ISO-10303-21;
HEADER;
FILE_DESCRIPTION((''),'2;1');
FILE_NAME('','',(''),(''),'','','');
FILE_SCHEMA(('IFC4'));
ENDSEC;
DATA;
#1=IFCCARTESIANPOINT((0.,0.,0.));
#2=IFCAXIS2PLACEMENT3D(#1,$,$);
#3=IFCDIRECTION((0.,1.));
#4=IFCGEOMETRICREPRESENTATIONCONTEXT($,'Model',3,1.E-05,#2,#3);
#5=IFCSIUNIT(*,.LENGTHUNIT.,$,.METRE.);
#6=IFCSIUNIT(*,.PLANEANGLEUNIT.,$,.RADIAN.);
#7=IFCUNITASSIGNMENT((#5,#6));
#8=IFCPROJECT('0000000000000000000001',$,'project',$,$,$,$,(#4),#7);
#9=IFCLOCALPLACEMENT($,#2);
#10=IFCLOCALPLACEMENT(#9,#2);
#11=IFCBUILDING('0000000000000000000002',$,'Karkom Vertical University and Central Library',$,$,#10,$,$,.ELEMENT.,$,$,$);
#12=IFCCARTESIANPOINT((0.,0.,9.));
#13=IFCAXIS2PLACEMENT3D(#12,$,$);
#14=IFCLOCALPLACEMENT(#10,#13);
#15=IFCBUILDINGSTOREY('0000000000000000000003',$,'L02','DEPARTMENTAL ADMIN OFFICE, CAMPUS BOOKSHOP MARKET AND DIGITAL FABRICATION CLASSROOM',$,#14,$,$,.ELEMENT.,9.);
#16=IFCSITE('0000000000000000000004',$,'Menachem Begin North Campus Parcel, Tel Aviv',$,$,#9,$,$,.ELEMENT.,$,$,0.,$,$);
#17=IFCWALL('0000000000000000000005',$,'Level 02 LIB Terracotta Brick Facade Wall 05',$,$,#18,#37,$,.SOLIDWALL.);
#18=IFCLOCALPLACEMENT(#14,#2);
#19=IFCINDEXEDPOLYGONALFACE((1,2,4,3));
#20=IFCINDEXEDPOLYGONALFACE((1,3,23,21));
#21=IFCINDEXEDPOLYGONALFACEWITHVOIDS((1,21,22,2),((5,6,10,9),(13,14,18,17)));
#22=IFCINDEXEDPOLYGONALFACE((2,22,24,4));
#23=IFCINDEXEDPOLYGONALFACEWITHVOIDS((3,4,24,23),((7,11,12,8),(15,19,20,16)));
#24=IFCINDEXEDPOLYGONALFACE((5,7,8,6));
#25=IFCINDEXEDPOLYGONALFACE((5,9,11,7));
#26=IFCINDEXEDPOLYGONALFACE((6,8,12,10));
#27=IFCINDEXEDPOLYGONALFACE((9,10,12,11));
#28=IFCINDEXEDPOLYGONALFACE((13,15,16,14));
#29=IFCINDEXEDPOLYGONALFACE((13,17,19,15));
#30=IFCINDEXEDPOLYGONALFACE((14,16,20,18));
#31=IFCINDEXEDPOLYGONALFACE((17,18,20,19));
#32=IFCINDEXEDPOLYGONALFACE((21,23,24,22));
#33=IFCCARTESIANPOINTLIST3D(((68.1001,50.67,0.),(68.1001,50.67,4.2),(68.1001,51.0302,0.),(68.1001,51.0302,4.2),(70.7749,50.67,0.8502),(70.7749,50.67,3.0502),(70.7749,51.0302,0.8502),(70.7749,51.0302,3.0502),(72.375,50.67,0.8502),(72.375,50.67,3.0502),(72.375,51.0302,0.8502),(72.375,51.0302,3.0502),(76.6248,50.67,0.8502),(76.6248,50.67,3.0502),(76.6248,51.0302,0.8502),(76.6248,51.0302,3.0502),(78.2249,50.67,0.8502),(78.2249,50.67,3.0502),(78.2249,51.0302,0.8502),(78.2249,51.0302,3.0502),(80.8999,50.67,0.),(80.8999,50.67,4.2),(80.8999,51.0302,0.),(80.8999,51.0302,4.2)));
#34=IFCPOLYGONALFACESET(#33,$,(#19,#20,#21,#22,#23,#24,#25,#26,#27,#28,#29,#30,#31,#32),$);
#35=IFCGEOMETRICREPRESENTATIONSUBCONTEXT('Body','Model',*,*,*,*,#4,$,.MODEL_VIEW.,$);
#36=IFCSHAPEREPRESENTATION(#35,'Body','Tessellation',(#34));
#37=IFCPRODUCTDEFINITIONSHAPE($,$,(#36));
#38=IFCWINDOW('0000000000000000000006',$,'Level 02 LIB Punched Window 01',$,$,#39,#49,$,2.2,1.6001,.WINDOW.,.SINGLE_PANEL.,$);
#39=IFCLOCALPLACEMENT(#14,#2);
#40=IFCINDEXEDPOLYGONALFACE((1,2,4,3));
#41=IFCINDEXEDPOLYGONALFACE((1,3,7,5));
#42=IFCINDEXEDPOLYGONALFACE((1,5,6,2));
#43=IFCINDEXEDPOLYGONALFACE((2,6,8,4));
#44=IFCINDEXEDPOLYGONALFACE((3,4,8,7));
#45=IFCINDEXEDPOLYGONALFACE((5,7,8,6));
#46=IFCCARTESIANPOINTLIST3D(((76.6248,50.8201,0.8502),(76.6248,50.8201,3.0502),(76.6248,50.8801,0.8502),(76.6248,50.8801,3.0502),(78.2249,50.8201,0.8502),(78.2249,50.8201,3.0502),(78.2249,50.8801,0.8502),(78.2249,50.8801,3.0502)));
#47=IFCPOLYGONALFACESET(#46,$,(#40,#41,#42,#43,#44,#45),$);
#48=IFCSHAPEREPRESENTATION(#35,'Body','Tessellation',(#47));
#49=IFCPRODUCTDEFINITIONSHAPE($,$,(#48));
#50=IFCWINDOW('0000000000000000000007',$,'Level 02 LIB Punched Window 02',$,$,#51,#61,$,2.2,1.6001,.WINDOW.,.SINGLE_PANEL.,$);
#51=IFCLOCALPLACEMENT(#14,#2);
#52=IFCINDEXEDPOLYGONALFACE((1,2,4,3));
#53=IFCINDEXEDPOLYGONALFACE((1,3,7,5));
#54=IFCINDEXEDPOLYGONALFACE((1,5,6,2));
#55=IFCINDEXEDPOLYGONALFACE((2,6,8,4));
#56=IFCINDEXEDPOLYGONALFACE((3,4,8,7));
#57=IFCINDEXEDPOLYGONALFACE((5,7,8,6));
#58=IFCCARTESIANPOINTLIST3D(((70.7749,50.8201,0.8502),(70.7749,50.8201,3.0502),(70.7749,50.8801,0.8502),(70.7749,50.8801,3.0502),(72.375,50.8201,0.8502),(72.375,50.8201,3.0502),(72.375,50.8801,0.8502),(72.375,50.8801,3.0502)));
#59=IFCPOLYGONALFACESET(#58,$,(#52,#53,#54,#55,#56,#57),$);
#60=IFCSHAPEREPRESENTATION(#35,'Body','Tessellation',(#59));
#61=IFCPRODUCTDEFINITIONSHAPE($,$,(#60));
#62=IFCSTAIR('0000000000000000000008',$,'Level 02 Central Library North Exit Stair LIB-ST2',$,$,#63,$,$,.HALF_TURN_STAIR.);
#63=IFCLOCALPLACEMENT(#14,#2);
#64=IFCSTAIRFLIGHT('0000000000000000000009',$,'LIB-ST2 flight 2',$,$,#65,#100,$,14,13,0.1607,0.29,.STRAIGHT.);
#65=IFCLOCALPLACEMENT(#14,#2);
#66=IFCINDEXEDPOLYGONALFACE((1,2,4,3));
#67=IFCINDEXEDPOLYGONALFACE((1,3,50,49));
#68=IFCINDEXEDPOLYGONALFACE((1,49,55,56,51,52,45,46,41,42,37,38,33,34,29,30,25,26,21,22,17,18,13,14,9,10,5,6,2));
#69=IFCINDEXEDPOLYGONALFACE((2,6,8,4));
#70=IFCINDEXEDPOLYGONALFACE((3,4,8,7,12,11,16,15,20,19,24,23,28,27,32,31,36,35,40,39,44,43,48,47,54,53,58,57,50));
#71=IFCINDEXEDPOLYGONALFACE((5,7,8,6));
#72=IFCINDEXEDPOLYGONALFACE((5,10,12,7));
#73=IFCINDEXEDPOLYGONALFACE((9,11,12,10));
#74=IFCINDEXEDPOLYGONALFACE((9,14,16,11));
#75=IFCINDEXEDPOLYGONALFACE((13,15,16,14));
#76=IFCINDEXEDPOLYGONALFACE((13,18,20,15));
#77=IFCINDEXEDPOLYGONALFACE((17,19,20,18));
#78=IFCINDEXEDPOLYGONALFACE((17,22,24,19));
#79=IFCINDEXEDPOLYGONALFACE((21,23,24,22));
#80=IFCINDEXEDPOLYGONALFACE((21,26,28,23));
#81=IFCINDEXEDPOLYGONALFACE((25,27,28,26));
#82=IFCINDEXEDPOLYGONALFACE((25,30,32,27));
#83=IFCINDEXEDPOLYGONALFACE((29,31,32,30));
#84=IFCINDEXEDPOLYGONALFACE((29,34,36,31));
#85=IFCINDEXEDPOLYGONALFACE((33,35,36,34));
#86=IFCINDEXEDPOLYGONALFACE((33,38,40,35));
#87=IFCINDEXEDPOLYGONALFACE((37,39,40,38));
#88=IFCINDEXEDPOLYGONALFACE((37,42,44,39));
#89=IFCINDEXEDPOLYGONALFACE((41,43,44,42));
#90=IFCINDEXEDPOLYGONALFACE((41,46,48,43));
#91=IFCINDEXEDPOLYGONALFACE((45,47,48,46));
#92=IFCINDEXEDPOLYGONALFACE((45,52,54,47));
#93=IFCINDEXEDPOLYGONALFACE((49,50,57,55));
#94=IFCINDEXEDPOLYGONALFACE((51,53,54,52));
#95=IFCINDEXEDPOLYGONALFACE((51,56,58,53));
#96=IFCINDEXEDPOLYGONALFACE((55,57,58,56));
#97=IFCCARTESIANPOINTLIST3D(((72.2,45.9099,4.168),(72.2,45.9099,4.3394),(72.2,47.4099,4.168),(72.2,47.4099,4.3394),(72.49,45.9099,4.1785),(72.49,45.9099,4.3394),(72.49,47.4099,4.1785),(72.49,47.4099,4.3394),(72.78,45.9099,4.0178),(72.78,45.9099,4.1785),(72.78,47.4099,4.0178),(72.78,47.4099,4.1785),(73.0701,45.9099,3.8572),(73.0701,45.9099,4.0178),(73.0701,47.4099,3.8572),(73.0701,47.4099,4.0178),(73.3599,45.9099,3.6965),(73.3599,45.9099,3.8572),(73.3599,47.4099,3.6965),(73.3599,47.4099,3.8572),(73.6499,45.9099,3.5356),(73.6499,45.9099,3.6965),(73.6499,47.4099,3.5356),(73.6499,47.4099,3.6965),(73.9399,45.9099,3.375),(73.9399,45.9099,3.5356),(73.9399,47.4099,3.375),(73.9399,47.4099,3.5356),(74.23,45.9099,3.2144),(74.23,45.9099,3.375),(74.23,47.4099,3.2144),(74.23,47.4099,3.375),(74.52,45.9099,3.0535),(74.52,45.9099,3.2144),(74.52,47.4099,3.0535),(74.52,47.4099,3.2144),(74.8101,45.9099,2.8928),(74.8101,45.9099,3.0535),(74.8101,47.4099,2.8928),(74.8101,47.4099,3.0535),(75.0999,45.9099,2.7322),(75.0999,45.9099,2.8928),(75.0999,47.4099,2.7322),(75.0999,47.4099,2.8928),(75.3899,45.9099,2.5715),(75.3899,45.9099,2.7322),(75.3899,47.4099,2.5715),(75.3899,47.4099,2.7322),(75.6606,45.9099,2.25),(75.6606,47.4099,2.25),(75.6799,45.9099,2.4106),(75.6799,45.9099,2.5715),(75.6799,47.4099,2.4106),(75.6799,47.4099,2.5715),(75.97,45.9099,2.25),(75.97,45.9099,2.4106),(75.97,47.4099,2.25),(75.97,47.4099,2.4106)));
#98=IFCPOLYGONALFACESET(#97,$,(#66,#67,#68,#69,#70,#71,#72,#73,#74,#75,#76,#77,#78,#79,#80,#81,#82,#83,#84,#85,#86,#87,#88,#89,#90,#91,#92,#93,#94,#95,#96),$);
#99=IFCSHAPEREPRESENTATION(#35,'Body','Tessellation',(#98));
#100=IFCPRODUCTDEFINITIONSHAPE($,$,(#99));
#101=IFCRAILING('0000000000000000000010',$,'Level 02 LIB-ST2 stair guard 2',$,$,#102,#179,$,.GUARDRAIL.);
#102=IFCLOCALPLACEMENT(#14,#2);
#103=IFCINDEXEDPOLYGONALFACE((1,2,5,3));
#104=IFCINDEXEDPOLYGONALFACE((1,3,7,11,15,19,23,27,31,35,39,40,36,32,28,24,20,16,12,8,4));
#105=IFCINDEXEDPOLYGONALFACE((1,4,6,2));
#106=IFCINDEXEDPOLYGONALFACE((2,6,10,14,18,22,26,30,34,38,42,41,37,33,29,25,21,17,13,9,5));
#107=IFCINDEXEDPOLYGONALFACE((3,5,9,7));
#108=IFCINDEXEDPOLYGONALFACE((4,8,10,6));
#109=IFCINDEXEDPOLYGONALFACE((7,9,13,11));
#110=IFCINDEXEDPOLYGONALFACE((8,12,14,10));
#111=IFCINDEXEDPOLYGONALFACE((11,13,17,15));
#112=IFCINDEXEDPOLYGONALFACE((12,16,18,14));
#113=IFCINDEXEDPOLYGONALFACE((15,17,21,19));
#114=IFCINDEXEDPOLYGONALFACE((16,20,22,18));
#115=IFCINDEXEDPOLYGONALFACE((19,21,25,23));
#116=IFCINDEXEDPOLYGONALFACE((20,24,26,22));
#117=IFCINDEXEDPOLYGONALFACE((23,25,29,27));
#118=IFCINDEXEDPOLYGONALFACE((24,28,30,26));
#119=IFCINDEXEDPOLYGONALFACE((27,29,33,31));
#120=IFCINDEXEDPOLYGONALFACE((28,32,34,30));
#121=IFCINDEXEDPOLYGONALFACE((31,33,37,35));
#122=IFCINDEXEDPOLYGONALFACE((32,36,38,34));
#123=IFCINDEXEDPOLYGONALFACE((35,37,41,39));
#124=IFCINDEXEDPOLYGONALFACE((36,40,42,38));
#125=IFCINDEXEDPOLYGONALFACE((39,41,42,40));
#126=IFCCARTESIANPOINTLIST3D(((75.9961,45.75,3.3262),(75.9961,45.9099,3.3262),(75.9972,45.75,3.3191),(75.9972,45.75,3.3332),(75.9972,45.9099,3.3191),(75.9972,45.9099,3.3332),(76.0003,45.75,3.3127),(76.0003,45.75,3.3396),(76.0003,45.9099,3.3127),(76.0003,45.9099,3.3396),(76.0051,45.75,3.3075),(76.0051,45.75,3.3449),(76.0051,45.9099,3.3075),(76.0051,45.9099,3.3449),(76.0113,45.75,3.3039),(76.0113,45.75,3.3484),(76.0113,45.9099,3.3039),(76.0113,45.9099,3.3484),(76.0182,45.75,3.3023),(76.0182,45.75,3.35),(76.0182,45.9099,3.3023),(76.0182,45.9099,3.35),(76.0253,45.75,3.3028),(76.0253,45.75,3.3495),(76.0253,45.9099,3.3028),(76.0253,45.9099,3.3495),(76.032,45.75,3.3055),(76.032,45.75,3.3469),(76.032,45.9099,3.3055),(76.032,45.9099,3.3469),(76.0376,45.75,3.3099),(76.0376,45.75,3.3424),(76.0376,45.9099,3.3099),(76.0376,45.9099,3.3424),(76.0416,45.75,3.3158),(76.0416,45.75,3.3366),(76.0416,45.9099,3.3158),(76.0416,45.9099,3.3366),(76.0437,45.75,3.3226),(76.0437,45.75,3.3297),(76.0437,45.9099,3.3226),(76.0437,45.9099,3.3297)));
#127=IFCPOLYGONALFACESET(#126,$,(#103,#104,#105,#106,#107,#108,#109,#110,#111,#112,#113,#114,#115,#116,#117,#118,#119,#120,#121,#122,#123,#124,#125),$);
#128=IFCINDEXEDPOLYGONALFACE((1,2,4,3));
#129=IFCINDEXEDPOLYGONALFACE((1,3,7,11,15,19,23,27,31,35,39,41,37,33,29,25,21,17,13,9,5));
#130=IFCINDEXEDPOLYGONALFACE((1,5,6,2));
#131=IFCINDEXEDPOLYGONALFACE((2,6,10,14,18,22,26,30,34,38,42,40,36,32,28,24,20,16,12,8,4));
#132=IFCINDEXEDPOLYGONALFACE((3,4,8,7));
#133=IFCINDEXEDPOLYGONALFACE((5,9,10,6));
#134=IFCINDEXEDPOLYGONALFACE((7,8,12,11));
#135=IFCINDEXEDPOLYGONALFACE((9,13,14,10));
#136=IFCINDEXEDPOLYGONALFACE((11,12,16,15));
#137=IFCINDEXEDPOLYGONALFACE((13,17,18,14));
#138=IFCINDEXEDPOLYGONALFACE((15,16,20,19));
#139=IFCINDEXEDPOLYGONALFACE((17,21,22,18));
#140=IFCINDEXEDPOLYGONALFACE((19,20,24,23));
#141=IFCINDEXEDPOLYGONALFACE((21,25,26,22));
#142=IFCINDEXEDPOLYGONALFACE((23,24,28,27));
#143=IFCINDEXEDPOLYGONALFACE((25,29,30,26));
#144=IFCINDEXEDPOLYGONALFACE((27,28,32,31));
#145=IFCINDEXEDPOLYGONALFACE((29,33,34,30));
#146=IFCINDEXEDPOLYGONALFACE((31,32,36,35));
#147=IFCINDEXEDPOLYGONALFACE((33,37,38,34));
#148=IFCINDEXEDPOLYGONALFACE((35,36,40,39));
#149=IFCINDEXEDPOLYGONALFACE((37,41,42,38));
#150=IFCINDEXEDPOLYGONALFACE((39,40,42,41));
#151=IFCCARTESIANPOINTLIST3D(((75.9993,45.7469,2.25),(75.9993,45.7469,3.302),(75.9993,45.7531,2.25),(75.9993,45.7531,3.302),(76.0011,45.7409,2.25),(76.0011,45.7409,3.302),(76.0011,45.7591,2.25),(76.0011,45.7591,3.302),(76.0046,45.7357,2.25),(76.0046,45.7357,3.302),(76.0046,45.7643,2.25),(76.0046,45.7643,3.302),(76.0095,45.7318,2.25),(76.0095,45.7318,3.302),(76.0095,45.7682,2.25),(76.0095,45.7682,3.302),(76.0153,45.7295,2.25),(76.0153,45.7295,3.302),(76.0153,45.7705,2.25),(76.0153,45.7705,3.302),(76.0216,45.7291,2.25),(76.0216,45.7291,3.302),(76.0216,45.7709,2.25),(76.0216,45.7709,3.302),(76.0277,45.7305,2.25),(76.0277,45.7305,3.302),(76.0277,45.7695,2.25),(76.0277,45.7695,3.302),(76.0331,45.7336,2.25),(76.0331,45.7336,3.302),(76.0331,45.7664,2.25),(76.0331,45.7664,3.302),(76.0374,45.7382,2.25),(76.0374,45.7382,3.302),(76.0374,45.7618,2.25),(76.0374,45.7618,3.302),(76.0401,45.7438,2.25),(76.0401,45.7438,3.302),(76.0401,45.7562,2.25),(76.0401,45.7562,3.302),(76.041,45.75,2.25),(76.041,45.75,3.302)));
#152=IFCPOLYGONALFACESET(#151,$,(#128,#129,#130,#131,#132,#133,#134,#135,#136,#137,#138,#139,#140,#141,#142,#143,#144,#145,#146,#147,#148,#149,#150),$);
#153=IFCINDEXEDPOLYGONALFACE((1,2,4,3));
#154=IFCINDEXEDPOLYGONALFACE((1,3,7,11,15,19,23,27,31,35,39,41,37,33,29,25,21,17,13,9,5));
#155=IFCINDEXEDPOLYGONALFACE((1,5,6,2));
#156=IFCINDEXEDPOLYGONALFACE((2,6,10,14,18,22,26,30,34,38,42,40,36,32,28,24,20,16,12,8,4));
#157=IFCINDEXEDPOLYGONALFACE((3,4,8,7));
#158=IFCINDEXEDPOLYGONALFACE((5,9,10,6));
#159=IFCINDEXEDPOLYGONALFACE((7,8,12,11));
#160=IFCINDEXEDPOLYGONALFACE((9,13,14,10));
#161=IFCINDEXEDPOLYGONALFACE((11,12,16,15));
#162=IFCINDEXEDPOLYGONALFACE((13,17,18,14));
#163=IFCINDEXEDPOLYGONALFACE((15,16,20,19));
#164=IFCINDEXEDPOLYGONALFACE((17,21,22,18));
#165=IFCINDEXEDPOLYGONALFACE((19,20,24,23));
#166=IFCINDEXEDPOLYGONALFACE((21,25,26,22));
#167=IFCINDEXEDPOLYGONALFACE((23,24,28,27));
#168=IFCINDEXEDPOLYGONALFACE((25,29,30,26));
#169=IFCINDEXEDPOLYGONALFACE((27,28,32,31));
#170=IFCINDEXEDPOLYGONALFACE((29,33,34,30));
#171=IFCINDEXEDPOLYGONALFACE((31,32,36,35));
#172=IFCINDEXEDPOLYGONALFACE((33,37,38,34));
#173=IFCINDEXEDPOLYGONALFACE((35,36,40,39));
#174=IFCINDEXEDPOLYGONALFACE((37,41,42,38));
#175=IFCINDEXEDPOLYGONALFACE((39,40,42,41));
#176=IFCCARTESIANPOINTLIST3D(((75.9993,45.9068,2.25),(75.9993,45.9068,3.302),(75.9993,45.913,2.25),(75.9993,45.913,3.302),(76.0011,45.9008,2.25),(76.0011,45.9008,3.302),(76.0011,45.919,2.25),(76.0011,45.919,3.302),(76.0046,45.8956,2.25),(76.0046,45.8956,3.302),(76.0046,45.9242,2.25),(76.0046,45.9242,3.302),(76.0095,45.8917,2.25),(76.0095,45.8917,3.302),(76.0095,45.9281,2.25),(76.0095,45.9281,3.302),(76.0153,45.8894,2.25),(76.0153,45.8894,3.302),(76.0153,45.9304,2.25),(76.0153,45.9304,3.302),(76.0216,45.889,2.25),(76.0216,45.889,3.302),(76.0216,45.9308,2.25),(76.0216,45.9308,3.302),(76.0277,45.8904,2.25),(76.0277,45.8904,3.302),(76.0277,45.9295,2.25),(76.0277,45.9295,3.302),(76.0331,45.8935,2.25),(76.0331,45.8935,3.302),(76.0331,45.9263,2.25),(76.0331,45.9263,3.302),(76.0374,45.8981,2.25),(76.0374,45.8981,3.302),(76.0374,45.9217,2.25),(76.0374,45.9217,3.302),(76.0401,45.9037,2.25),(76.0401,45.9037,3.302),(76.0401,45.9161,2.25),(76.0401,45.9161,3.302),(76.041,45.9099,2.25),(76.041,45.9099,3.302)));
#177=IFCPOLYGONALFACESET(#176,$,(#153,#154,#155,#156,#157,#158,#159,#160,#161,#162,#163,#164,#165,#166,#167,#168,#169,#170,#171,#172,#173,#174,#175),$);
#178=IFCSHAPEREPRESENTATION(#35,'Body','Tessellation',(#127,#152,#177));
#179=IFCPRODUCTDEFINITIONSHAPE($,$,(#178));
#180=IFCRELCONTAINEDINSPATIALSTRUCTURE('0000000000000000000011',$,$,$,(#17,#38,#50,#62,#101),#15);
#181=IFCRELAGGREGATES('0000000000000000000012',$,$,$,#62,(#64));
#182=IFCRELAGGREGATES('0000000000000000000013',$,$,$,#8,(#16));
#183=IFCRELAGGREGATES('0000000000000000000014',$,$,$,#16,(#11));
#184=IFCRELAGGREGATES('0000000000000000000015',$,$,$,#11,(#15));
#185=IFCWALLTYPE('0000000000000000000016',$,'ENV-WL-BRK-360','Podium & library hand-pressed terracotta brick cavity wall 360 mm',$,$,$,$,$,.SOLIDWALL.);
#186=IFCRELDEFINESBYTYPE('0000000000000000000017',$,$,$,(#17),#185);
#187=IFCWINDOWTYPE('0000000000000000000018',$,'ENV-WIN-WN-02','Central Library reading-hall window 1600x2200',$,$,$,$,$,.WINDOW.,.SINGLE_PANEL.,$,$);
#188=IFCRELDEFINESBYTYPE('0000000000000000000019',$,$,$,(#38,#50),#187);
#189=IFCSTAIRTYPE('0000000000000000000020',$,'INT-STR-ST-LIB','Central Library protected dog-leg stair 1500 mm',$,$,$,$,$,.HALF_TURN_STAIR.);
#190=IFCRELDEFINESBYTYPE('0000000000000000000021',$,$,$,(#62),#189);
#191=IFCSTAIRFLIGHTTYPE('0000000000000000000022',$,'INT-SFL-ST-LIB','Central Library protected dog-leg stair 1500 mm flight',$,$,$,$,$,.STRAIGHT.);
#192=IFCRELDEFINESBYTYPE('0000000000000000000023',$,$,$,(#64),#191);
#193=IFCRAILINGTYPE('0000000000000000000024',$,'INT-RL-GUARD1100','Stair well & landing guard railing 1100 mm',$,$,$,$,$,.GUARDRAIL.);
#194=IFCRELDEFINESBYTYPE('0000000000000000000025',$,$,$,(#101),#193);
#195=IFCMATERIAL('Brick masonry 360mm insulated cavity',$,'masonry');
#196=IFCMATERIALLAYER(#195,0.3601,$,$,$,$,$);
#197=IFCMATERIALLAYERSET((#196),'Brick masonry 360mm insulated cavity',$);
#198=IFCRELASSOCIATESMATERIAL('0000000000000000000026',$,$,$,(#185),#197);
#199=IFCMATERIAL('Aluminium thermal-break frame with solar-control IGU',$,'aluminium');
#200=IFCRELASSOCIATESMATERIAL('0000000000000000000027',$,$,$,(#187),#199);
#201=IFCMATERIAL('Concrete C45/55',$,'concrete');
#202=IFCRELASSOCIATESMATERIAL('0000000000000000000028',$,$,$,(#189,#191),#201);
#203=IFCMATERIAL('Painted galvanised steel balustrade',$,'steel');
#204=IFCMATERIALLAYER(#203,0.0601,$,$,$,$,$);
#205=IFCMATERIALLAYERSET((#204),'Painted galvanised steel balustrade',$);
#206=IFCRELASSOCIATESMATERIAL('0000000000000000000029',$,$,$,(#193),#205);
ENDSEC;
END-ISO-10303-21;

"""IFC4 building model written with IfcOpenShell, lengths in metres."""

from ifc_helpers import new_model, si_unit, direction, frame, frame_2d, origin, origin_with_axes, origin_2d, place, context, subcontext, project, spatial, polyline, rectangle, circle, outline, extrude, source, transform, mapped, material, layer, layer_set, type_object, element, fill, aggregate, save


model = new_model("IFC4")

# Units and contexts
model_context = context("Model", 3, precision=1e-05, world=origin(), true_north=direction((0.0, 1.0)))
body_context = subcontext(model_context, "Body", "Model", "MODEL_VIEW")
ifc_project = project(units=[si_unit("LENGTHUNIT", "METRE"), si_unit("PLANEANGLEUNIT", "RADIAN")], contexts=[model_context])

# Site, building, storey
site_placement = place(None, origin())
site = spatial("IfcSite", under=ifc_project, at=site_placement, Name="Menachem Begin North Campus Parcel, Tel Aviv", CompositionType="ELEMENT", RefElevation=0.0)
building_placement = place(site_placement, origin())
building = spatial("IfcBuilding", under=site, at=building_placement, Name="Karkom Vertical University and Central Library", CompositionType="ELEMENT")
storey_placement = place(building_placement, frame((0.0, 0.0, 9.0)))
storey = spatial("IfcBuildingStorey", under=building, at=storey_placement, Name="L02", Description="DEPARTMENTAL ADMIN OFFICE, CAMPUS BOOKSHOP MARKET AND DIGITAL FABRICATION CLASSROOM", CompositionType="ELEMENT", Elevation=9.0)

# Shared definitions
ifc_material_1 = material(Name="Brick masonry 360mm insulated cavity", Category="masonry")
ifc_layer_1 = layer(ifc_material_1, 0.3601)
ifc_layer_set_1 = layer_set([ifc_layer_1], Name="Brick masonry 360mm insulated cavity")
wall_type = type_object("IfcWallType", Name="ENV-WL-BRK-360", Description="Podium & library hand-pressed terracotta brick cavity wall 360 mm", PredefinedType="SOLIDWALL", material=ifc_layer_set_1)

# Wall, openings, windows
wall_1_placement = place(storey_placement, frame((80.8999, 50.8501, 0.0), z_axis=(0.0, 0.0, 1.0), x_axis=(-1.0, 0.0, 0.0)))
wall_1 = element("IfcWall", 1, at=wall_1_placement, inside=storey, type_object=wall_type, Name="Level 02 LIB Terracotta Brick Facade Wall 05", PredefinedType="SOLIDWALL", context=body_context, shape_type="SweptSolid", body=[
    extrude(rectangle(XDim=12.7998, YDim=0.3601, at=frame_2d((6.3999, 0.0))), origin(), (0.0, 0.0, 1.0), 4.2),
])
opening_1_placement = place(wall_1_placement, frame((2.675, 0.0, 0.8501)))
opening_1 = element("IfcOpeningElement", 2, at=opening_1_placement, cuts=wall_1, PredefinedType="OPENING", context=body_context, shape_type="SweptSolid", body=[
    extrude(rectangle(XDim=1.6001, YDim=2.2, at=frame_2d((0.8, 1.1001))), frame((0.0, 0.1899, 0.0), z_axis=(0.0, -1.0, 0.0), x_axis=(1.0, 0.0, 0.0)), (0.0, 0.0, 1.0), 0.3801),
])
opening_2_placement = place(wall_1_placement, frame((8.5249, 0.0, 0.8501)))
opening_2 = element("IfcOpeningElement", 3, at=opening_2_placement, cuts=wall_1, PredefinedType="OPENING", context=body_context, shape_type="SweptSolid", body=[
    extrude(rectangle(XDim=1.6001, YDim=2.2, at=frame_2d((0.8, 1.1001))), frame((0.0, 0.1899, 0.0), z_axis=(0.0, -1.0, 0.0), x_axis=(1.0, 0.0, 0.0)), (0.0, 0.0, 1.0), 0.3801),
])
ifc_material_2 = material(Name="Aluminium thermal-break frame with solar-control IGU", Category="aluminium")
window_type = type_object("IfcWindowType", Name="ENV-WIN-WN-02", Description="Central Library reading-hall window 1600x2200", PartitioningType="SINGLE_PANEL", PredefinedType="WINDOW", material=ifc_material_2)
shared_shape_1 = source(origin_with_axes(), body_context, "Body", "SweptSolid", [
    extrude(rectangle(XDim=1.6001, YDim=2.2, at=frame_2d((0.8, 1.1001))), frame((0.0, 0.03, 0.0), z_axis=(0.0, -1.0, 0.0), x_axis=(1.0, 0.0, 0.0)), (0.0, 0.0, 1.0), 0.0601),
])
window_1_placement = place(opening_1_placement, origin())
window_1 = element("IfcWindow", 4, at=window_1_placement, inside=storey, type_object=window_type, Name="Level 02 LIB Punched Window 01", OverallHeight=2.2, OverallWidth=1.6001, PartitioningType="SINGLE_PANEL", PredefinedType="WINDOW", context=body_context, shape_type="MappedRepresentation", body=[
    mapped(shared_shape_1, transform((0.0, 0.0, 0.0), scale=1.0)),
])
fill(opening_1, window_1)
window_2_placement = place(opening_2_placement, origin())
window_2 = element("IfcWindow", 5, at=window_2_placement, inside=storey, type_object=window_type, Name="Level 02 LIB Punched Window 02", OverallHeight=2.2, OverallWidth=1.6001, PartitioningType="SINGLE_PANEL", PredefinedType="WINDOW", context=body_context, shape_type="MappedRepresentation", body=[
    mapped(shared_shape_1, transform((0.0, 0.0, 0.0), scale=1.0)),
])
fill(opening_2, window_2)

# Stair, stair flight
ifc_material_3 = material(Name="Concrete C45/55", Category="concrete")
stair_type = type_object("IfcStairType", Name="INT-STR-ST-LIB", Description="Central Library protected dog-leg stair 1500 mm", PredefinedType="HALF_TURN_STAIR", material=ifc_material_3)
stair_placement = place(storey_placement, origin())
stair = element("IfcStair", 6, at=stair_placement, inside=storey, type_object=stair_type, Name="Level 02 Central Library North Exit Stair LIB-ST2", PredefinedType="HALF_TURN_STAIR")
stair_flight_type = type_object("IfcStairFlightType", Name="INT-SFL-ST-LIB", Description="Central Library protected dog-leg stair 1500 mm flight", PredefinedType="STRAIGHT", material=ifc_material_3)
stair_flight_placement = place(storey_placement, frame((75.97, 46.6599, 2.25), z_axis=(0.0, 0.0, 1.0), x_axis=(-1.0, 0.0, 0.0)))
stair_flight = element("IfcStairFlight", 7, at=stair_flight_placement, type_object=stair_flight_type, Name="LIB-ST2 flight 2", NumberOfRisers=14, NumberOfTreads=13, PredefinedType="STRAIGHT", RiserHeight=0.1607, TreadLength=0.29, context=body_context, shape_type="SweptSolid", body=[
    extrude(outline(polyline([(0.0, 0.0), (0.0, 0.1606), (0.29, 0.1606), (0.29, 0.3215), (0.5801, 0.3215), (0.5801, 0.4822), (0.8701, 0.4822), (0.8701, 0.6428), (1.1599, 0.6428), (1.1599, 0.8035), (1.45, 0.8035), (1.45, 0.9644), (1.74, 0.9644), (1.74, 1.125), (2.03, 1.125), (2.03, 1.2856), (2.3201, 1.2856), (2.3201, 1.4465), (2.6101, 1.4465), (2.6101, 1.6072), (2.8999, 1.6072), (2.8999, 1.7678), (3.1899, 1.7678), (3.1899, 1.9285), (3.48, 1.9285), (3.48, 2.0894), (3.77, 2.0894), (3.77, 2.25), (3.77, 1.918), (0.3093, 0.0), (0.0, 0.0)])), frame((0.0, 0.75, 0.0), z_axis=(0.0, -1.0, 0.0), x_axis=(1.0, 0.0, 0.0)), (0.0, 0.0, 1.0), 1.5),
])
aggregate(stair, [stair_flight])

# Railing
ifc_material_4 = material(Name="Painted galvanised steel balustrade", Category="steel")
ifc_layer_2 = layer(ifc_material_4, 0.0601)
ifc_layer_set_2 = layer_set([ifc_layer_2], Name="Painted galvanised steel balustrade")
railing_type_1 = type_object("IfcRailingType", Name="INT-RL-GUARD1100", Description="Stair well & landing guard railing 1100 mm", PredefinedType="GUARDRAIL", material=ifc_layer_set_2)
railing_1_placement = place(storey_placement, frame((76.02, 45.75, 2.25)))
element("IfcRailing", 8, at=railing_1_placement, inside=storey, type_object=railing_type_1, Name="Level 02 LIB-ST2 stair guard 2", PredefinedType="GUARDRAIL", context=body_context, shape_type="SweptSolid", body=[
    extrude(circle(Radius=0.0239, at=origin_2d()), frame((0.0, 0.0, 1.0762), z_axis=(0.0, 1.0, 0.0), x_axis=(-1.0, 0.0, 0.0)), (0.0, 0.0, 1.0), 0.1599),
    extrude(circle(Radius=0.021, at=origin_2d()), origin(), (0.0, 0.0, 1.0), 1.052),
    extrude(circle(Radius=0.021, at=origin_2d()), frame((0.0, 0.1599, 0.0)), (0.0, 0.0, 1.0), 1.052),
])

save(model, "model.ifc")
